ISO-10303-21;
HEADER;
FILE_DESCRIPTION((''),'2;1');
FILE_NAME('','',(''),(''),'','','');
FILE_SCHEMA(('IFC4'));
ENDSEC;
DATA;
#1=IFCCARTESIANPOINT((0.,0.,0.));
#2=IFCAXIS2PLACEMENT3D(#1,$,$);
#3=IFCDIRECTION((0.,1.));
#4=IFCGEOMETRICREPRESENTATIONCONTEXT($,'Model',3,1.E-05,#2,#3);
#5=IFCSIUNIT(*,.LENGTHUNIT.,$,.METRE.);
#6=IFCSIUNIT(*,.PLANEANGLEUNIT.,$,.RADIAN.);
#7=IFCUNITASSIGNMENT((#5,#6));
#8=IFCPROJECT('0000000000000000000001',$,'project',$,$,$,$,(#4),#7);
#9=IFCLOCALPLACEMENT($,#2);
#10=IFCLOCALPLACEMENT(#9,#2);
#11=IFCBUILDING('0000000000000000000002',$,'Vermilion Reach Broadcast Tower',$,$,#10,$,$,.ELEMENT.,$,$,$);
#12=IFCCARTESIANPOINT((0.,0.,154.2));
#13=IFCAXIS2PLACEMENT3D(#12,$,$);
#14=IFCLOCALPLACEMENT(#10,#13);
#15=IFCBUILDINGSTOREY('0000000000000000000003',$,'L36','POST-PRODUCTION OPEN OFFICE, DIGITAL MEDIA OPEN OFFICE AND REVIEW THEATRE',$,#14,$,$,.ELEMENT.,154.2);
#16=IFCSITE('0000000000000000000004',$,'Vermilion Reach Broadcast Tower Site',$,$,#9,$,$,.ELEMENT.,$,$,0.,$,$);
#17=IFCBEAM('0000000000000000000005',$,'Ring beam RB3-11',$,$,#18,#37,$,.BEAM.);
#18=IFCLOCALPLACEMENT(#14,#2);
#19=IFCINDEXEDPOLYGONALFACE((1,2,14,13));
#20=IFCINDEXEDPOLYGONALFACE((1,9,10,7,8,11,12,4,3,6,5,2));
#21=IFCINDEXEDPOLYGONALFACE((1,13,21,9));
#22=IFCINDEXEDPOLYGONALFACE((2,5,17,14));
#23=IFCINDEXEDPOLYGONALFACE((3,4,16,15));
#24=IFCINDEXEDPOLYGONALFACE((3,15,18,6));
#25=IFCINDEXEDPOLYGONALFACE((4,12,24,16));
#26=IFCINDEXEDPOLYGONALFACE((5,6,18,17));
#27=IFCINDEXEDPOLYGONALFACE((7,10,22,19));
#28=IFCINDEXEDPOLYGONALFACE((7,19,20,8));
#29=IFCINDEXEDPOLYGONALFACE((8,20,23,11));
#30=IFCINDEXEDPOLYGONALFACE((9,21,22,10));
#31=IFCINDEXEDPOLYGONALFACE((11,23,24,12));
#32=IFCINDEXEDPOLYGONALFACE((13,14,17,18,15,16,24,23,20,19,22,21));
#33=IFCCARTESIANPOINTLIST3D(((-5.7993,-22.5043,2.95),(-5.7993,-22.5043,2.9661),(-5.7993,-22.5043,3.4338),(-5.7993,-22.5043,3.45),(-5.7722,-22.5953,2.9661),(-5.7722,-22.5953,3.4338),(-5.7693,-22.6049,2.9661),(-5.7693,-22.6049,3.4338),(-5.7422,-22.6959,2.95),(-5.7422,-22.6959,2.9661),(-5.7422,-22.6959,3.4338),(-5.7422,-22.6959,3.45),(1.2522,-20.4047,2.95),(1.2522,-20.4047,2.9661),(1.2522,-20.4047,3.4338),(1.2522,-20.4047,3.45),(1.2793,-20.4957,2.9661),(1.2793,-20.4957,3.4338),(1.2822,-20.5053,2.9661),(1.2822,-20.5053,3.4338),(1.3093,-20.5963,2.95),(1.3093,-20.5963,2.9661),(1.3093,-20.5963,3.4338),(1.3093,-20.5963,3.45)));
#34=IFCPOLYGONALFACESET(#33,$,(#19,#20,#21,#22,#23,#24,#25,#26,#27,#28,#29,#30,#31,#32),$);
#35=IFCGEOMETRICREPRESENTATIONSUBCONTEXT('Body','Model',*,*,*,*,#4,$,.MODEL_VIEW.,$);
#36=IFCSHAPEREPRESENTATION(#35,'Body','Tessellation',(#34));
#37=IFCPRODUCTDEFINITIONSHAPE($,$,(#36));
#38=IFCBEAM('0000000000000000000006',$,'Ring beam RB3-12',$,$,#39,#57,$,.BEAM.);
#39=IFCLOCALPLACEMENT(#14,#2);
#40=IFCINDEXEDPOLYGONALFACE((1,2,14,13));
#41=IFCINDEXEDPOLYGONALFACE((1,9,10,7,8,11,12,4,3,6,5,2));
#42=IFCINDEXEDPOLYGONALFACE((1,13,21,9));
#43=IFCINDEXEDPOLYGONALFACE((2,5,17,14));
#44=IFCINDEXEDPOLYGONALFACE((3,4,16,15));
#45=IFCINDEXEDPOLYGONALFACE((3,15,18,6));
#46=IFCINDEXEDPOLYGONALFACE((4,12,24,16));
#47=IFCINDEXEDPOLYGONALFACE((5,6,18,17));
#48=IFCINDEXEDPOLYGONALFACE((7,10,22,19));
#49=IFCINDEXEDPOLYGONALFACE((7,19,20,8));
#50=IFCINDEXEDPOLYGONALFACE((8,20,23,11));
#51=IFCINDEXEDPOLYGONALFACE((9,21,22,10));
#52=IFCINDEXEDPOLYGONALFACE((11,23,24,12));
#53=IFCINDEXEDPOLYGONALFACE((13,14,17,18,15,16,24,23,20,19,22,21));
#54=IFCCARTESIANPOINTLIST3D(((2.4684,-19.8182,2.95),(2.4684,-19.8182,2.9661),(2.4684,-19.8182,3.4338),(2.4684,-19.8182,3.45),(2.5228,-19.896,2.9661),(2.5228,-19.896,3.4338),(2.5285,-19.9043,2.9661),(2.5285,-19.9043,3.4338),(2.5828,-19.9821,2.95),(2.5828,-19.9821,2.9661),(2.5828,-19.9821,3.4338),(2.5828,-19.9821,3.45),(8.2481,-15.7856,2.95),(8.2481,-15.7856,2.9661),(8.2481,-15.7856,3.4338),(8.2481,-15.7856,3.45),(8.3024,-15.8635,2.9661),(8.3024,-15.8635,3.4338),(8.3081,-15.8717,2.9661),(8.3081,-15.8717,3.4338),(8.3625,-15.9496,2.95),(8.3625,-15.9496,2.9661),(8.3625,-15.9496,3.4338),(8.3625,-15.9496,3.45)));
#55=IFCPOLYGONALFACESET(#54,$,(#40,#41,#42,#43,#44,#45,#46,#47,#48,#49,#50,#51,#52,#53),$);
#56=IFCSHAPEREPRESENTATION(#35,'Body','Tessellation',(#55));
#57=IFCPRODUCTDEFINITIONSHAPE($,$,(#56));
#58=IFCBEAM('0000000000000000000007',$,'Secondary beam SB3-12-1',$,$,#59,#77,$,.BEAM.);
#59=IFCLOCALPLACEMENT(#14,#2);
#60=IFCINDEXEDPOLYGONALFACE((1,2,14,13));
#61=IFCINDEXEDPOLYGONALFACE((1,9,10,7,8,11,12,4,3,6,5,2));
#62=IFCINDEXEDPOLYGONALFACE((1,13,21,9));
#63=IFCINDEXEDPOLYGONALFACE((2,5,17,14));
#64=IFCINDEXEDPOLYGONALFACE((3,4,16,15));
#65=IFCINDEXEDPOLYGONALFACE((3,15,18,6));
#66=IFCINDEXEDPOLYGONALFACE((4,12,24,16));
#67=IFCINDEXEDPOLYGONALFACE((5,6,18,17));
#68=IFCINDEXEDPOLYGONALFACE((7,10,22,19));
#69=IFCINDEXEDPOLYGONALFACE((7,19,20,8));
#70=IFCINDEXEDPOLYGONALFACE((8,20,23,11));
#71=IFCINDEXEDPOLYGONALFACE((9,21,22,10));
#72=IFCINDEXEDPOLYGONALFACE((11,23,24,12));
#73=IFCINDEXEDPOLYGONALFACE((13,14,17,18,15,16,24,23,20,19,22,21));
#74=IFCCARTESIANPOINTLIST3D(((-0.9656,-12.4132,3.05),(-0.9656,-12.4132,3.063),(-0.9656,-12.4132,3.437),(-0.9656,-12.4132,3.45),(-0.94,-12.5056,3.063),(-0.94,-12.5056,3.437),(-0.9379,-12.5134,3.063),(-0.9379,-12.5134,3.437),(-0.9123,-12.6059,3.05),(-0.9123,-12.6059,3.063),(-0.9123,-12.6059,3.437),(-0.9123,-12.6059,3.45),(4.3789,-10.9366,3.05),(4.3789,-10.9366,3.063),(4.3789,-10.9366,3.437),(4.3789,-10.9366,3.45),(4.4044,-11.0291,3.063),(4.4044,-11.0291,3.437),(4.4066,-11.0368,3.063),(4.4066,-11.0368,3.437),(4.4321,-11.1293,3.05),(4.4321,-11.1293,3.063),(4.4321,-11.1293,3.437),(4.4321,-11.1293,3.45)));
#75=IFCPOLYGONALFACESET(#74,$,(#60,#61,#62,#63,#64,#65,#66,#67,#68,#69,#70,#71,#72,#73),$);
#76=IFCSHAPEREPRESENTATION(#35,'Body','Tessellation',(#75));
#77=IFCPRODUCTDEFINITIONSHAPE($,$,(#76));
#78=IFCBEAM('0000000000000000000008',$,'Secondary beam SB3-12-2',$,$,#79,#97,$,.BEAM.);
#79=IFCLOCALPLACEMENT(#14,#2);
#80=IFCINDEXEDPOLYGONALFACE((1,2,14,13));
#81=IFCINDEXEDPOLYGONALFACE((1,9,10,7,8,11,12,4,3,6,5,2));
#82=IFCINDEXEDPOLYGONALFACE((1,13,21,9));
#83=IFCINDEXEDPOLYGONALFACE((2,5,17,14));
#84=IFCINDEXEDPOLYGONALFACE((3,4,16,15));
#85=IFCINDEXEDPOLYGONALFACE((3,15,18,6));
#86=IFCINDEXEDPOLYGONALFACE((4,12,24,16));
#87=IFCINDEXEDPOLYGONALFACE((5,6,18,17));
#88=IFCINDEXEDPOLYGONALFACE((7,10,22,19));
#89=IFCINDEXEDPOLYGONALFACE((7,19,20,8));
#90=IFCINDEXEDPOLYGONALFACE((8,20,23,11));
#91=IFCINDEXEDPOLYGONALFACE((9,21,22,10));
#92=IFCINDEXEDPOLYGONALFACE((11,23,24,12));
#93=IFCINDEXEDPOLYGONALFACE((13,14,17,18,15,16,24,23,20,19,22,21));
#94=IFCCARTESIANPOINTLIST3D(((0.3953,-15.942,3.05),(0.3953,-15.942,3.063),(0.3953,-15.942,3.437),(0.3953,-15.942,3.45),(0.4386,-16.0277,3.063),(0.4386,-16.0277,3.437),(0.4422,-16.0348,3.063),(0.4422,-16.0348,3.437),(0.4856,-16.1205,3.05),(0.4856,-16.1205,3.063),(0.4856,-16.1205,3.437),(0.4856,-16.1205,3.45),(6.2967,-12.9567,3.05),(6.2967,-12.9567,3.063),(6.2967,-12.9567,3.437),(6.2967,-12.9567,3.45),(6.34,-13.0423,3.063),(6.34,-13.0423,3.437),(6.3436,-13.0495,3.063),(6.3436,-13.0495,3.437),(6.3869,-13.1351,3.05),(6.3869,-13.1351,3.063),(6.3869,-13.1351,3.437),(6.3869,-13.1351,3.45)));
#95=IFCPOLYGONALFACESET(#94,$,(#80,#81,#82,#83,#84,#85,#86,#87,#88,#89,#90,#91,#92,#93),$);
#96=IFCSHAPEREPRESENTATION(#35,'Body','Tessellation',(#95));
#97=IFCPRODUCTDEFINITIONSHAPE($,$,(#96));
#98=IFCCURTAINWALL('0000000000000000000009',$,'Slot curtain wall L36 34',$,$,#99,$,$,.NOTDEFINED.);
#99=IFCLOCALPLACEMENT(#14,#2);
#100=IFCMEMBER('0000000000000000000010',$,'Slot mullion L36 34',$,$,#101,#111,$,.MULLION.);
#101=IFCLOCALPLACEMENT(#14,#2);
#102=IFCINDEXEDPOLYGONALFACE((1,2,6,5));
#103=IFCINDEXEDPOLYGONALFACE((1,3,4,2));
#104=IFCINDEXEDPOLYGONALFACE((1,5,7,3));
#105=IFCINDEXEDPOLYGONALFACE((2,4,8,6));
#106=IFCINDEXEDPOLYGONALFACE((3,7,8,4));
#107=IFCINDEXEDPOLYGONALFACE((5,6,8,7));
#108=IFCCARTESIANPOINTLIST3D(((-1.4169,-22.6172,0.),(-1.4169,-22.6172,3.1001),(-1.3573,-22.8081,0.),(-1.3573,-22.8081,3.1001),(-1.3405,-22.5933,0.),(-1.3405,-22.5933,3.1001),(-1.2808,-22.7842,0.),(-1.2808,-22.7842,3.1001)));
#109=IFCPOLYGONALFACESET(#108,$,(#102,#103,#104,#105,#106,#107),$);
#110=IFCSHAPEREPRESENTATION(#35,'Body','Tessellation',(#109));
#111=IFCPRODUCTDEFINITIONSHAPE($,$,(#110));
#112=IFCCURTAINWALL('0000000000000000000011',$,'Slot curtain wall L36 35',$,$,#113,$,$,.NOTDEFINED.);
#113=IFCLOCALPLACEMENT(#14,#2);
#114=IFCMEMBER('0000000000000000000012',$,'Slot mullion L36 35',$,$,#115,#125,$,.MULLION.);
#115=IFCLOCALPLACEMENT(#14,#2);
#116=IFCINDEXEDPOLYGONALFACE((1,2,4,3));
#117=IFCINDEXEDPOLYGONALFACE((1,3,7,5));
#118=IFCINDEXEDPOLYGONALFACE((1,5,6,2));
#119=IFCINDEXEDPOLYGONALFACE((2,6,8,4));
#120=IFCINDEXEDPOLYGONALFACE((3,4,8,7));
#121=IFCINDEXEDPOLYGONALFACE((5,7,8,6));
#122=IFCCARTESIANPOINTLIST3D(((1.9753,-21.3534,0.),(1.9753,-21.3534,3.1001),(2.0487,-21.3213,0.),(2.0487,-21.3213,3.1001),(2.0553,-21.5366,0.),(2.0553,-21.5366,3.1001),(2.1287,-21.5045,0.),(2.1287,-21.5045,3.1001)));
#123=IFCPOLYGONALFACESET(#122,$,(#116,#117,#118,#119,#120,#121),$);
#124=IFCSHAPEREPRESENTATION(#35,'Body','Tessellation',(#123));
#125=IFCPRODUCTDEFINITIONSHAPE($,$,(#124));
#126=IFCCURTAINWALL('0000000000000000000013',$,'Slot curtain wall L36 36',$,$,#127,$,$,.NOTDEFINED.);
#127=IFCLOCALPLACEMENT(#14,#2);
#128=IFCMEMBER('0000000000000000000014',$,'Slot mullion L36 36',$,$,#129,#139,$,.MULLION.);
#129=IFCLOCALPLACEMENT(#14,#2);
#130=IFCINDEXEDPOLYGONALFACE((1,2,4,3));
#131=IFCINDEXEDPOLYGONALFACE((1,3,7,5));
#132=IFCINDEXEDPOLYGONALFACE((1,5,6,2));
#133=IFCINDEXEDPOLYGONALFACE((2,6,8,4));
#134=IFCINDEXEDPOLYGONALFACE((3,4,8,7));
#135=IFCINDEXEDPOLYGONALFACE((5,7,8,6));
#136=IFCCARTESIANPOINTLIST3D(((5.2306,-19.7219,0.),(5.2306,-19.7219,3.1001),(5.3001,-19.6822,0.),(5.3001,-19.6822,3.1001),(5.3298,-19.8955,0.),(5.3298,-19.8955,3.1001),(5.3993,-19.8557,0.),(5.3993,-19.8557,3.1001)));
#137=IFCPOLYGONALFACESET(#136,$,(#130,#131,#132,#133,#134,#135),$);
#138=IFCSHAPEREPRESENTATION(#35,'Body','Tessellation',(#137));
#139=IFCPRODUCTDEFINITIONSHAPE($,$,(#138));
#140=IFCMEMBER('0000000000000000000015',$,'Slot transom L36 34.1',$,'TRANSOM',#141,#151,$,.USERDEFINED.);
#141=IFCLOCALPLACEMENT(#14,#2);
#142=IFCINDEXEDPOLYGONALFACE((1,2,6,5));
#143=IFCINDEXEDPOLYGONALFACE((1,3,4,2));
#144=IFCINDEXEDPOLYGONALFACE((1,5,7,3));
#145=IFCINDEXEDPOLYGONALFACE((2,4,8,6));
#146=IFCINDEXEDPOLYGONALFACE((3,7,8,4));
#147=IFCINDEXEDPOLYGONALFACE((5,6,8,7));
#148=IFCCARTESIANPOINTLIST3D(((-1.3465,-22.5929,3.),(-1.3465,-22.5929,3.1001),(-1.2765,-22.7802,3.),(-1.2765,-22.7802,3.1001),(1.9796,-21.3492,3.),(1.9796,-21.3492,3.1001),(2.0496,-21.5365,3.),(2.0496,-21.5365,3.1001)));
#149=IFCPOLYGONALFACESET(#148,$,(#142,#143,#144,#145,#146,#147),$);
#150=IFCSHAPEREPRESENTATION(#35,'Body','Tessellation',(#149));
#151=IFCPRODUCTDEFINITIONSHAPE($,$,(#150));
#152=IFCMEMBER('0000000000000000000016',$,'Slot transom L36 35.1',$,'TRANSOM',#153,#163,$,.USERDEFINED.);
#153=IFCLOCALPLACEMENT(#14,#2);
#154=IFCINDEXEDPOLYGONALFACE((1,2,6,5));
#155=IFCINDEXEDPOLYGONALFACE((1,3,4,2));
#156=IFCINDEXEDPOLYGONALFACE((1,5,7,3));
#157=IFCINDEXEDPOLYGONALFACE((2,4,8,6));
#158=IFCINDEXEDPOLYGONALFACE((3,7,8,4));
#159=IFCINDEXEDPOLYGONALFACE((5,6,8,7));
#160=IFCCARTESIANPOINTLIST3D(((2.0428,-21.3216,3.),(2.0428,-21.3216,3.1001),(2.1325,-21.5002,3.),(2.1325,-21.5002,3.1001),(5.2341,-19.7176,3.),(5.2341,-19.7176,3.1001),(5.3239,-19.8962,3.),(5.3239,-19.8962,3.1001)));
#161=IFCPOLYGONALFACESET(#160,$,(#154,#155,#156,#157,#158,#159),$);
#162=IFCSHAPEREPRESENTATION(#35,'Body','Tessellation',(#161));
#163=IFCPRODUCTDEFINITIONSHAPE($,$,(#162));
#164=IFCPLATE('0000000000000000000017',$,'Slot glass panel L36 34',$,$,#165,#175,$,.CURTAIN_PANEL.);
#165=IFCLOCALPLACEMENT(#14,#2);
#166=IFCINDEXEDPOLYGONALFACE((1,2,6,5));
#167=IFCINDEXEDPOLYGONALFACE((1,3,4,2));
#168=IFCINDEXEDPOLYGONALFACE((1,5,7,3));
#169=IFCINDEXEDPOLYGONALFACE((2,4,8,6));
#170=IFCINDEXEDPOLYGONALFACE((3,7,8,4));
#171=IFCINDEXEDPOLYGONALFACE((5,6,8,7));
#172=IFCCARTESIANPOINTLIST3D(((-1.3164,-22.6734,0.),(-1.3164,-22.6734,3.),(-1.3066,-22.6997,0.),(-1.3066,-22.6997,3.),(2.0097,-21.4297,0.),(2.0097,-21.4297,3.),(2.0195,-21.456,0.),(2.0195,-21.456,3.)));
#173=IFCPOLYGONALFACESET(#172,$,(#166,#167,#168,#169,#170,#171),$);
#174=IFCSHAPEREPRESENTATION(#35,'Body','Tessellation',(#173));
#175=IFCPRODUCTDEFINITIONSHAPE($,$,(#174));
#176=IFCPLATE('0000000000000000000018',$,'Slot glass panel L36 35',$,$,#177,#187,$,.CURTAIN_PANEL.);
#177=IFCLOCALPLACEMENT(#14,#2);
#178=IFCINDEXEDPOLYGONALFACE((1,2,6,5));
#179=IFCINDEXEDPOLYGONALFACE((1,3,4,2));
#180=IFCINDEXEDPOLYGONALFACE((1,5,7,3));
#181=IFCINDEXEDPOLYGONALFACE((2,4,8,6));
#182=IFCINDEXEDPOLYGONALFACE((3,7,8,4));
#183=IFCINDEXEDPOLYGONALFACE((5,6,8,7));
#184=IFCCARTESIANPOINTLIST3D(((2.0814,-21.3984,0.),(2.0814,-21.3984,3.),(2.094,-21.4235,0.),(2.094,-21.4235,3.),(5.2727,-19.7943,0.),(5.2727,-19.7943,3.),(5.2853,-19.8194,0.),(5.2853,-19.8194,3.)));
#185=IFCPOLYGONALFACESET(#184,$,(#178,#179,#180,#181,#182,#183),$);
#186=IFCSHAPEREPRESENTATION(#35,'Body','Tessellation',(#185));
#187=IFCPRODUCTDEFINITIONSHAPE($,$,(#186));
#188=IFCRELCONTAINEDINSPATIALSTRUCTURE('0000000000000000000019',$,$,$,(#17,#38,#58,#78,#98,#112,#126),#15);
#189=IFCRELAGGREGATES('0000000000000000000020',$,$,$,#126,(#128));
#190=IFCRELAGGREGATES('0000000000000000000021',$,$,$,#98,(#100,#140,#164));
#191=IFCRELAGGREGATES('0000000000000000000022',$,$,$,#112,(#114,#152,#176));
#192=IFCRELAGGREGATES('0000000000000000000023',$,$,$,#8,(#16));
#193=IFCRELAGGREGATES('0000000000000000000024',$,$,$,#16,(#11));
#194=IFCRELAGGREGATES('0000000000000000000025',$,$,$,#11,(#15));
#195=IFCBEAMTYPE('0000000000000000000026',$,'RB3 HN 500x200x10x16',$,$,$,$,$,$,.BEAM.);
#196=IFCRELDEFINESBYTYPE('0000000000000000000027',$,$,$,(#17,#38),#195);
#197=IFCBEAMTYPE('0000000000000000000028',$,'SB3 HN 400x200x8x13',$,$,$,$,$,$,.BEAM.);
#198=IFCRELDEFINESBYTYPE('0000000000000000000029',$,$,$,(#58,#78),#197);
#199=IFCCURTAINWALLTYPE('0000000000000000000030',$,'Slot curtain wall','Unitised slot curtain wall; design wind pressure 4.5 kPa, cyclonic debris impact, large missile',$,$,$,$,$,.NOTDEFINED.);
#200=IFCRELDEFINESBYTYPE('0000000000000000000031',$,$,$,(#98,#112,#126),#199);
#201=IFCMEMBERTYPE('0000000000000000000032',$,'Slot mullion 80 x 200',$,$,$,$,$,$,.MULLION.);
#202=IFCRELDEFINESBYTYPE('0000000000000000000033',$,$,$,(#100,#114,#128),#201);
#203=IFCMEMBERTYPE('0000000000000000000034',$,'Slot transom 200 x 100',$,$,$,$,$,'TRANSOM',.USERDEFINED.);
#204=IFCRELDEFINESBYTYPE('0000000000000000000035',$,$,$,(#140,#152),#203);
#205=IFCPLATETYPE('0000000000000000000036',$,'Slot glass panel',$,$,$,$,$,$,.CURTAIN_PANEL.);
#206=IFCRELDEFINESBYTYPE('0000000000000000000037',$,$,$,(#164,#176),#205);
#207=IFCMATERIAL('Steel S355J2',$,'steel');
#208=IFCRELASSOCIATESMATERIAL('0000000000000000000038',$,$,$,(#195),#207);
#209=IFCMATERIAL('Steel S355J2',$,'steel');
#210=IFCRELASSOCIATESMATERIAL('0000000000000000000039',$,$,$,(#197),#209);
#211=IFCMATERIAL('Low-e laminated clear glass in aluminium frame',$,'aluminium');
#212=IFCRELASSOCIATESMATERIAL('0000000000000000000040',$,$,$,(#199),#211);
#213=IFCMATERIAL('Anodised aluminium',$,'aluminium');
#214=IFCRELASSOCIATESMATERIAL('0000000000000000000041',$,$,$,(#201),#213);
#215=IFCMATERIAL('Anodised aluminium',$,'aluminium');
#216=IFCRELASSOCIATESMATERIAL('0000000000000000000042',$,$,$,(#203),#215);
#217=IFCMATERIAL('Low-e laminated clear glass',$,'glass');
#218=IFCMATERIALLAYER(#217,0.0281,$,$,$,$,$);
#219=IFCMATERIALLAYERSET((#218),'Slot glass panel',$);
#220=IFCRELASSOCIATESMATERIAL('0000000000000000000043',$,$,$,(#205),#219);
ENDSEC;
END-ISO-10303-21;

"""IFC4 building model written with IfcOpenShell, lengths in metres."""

from ifc_helpers import new_model, si_unit, direction, frame, origin, origin_2d, place, context, subcontext, project, spatial, rectangle, i_section, extrude, material, layer, layer_set, material_profile, profile_set, type_object, element, aggregate, save


model = new_model("IFC4")

# Units and contexts
model_context = context("Model", 3, precision=1e-05, world=origin(), true_north=direction((0.0, 1.0)))
body_context = subcontext(model_context, "Body", "Model", "MODEL_VIEW")
ifc_project = project(units=[si_unit("LENGTHUNIT", "METRE"), si_unit("PLANEANGLEUNIT", "RADIAN")], contexts=[model_context])

# Site, building, storey
site_placement = place(None, origin())
site = spatial("IfcSite", under=ifc_project, at=site_placement, Name="Vermilion Reach Broadcast Tower Site", CompositionType="ELEMENT", RefElevation=0.0)
building_placement = place(site_placement, origin())
building = spatial("IfcBuilding", under=site, at=building_placement, Name="Vermilion Reach Broadcast Tower", CompositionType="ELEMENT")
storey_placement = place(building_placement, frame((0.0, 0.0, 154.2)))
storey = spatial("IfcBuildingStorey", under=building, at=storey_placement, Name="L36", Description="POST-PRODUCTION OPEN OFFICE, DIGITAL MEDIA OPEN OFFICE AND REVIEW THEATRE", CompositionType="ELEMENT", Elevation=154.2)

# Beams
ifc_material_1 = material(Name="Steel S355J2", Category="steel")
ifc_material_profile_1 = material_profile(ifc_material_1, i_section(OverallWidth=0.2, OverallDepth=0.5, WebThickness=0.01, FlangeThickness=0.0161, at=origin_2d()), Name="S355J2 HN 500x200x10x16")
ifc_profile_set_1 = profile_set([ifc_material_profile_1], Name="Steel S355J2")
beam_type_1 = type_object("IfcBeamType", Name="RB3 HN 500x200x10x16", PredefinedType="BEAM", material=ifc_profile_set_1)
beam_1_placement = place(storey_placement, frame((-5.7708, -22.6001, 3.2), z_axis=(0.958417, 0.285372, 0.0), x_axis=(-0.285372, 0.958417, 0.0)))
element("IfcBeam", 1, at=beam_1_placement, inside=storey, type_object=beam_type_1, Name="Ring beam RB3-11", PredefinedType="BEAM", context=body_context, shape_type="SweptSolid", body=[
    extrude(i_section(OverallWidth=0.2, OverallDepth=0.5, WebThickness=0.01, FlangeThickness=0.0161, at=origin_2d()), origin(), (0.0, 0.0, 1.0), 7.3574),
])
beam_2_placement = place(storey_placement, frame((2.5256, -19.9001, 3.2), z_axis=(0.820111, 0.572204, 0.0), x_axis=(-0.572204, 0.820111, 0.0)))
element("IfcBeam", 2, at=beam_2_placement, inside=storey, type_object=beam_type_1, Name="Ring beam RB3-12", PredefinedType="BEAM", context=body_context, shape_type="SweptSolid", body=[
    extrude(i_section(OverallWidth=0.2, OverallDepth=0.5, WebThickness=0.01, FlangeThickness=0.0161, at=origin_2d()), origin(), (0.0, 0.0, 1.0), 7.0474),
])
ifc_material_2 = material(Name="Steel S355J2", Category="steel")
ifc_material_profile_2 = material_profile(ifc_material_2, i_section(OverallWidth=0.2, OverallDepth=0.3999, WebThickness=0.0081, FlangeThickness=0.0129, at=origin_2d()), Name="S355J2 HN 400x200x8x13")
ifc_profile_set_2 = profile_set([ifc_material_profile_2], Name="Steel S355J2")
beam_type_2 = type_object("IfcBeamType", Name="SB3 HN 400x200x8x13", PredefinedType="BEAM", material=ifc_profile_set_2)
beam_3_placement = place(storey_placement, frame((-0.939, -12.5095, 3.25), z_axis=(0.96389, 0.266301, 0.0), x_axis=(-0.266301, 0.96389, 0.0)))
element("IfcBeam", 3, at=beam_3_placement, inside=storey, type_object=beam_type_2, Name="Secondary beam SB3-12-1", PredefinedType="BEAM", context=body_context, shape_type="SweptSolid", body=[
    extrude(i_section(OverallWidth=0.2, OverallDepth=0.3999, WebThickness=0.0081, FlangeThickness=0.0129, at=origin_2d()), origin(), (0.0, 0.0, 1.0), 5.5447),
])
beam_4_placement = place(storey_placement, frame((0.4404, -16.0312, 3.25), z_axis=(0.892321, 0.451402, 0.0), x_axis=(-0.451402, 0.892321, 0.0)))
element("IfcBeam", 4, at=beam_4_placement, inside=storey, type_object=beam_type_2, Name="Secondary beam SB3-12-2", PredefinedType="BEAM", context=body_context, shape_type="SweptSolid", body=[
    extrude(i_section(OverallWidth=0.2, OverallDepth=0.3999, WebThickness=0.0081, FlangeThickness=0.0129, at=origin_2d()), origin(), (0.0, 0.0, 1.0), 6.6135),
])

# Curtain walls, members
ifc_material_3 = material(Name="Low-e laminated clear glass in aluminium frame", Category="aluminium")
curtain_wall_type = type_object("IfcCurtainWallType", Name="Slot curtain wall", Description="Unitised slot curtain wall; design wind pressure 4.5 kPa, cyclonic debris impact, large missile", PredefinedType="NOTDEFINED", material=ifc_material_3)
placement = place(storey_placement, origin())
curtain_wall_1 = element("IfcCurtainWall", 5, at=placement, inside=storey, type_object=curtain_wall_type, Name="Slot curtain wall L36 34", PredefinedType="NOTDEFINED")
ifc_material_4 = material(Name="Anodised aluminium", Category="aluminium")
ifc_material_profile_3 = material_profile(ifc_material_4, rectangle(XDim=0.2, YDim=0.0801, at=origin_2d()), Name="Slot mullion 80 x 200")
ifc_profile_set_3 = profile_set([ifc_material_profile_3], Name="Anodised aluminium")
member_type_1 = type_object("IfcMemberType", Name="Slot mullion 80 x 200", PredefinedType="MULLION", material=ifc_profile_set_3)
member_1_placement = place(storey_placement, frame((-1.3489, -22.7007, 0.0), z_axis=(0.0, 0.0, 1.0), x_axis=(-0.298358, 0.954454, 0.0)))
member_1 = element("IfcMember", 6, at=member_1_placement, type_object=member_type_1, Name="Slot mullion L36 34", PredefinedType="MULLION", context=body_context, shape_type="SweptSolid", body=[
    extrude(rectangle(XDim=0.2, YDim=0.0801, at=origin_2d()), origin(), (0.0, 0.0, 1.0), 3.1001),
])
curtain_wall_2 = element("IfcCurtainWall", 7, at=placement, inside=storey, type_object=curtain_wall_type, Name="Slot curtain wall L36 35", PredefinedType="NOTDEFINED")
member_2_placement = place(storey_placement, frame((2.052, -21.429, 0.0), z_axis=(0.0, 0.0, 1.0), x_axis=(-0.400254, 0.916404, 0.0)))
member_2 = element("IfcMember", 8, at=member_2_placement, type_object=member_type_1, Name="Slot mullion L36 35", PredefinedType="MULLION", context=body_context, shape_type="SweptSolid", body=[
    extrude(rectangle(XDim=0.2, YDim=0.0801, at=origin_2d()), origin(), (0.0, 0.0, 1.0), 3.1001),
])
curtain_wall_3 = element("IfcCurtainWall", 9, at=placement, inside=storey, type_object=curtain_wall_type, Name="Slot curtain wall L36 36", PredefinedType="NOTDEFINED")
member_3_placement = place(storey_placement, frame((5.3149, -19.7888, 0.0), z_axis=(0.0, 0.0, 1.0), x_axis=(-0.496368, 0.868112, 0.0)))
member_3 = element("IfcMember", 10, at=member_3_placement, type_object=member_type_1, Name="Slot mullion L36 36", PredefinedType="MULLION", context=body_context, shape_type="SweptSolid", body=[
    extrude(rectangle(XDim=0.2, YDim=0.0801, at=origin_2d()), origin(), (0.0, 0.0, 1.0), 3.1001),
])
aggregate(curtain_wall_3, [member_3])

# Members
ifc_material_5 = material(Name="Anodised aluminium", Category="aluminium")
ifc_material_profile_4 = material_profile(ifc_material_5, rectangle(XDim=0.2, YDim=0.1001, at=origin_2d()), Name="Slot transom 200 x 100")
ifc_profile_set_4 = profile_set([ifc_material_profile_4], Name="Anodised aluminium")
member_type_2 = type_object("IfcMemberType", Name="Slot transom 200 x 100", ElementType="TRANSOM", PredefinedType="USERDEFINED", material=ifc_profile_set_4)
member_4_placement = place(storey_placement, frame((-1.3115, -22.6865, 3.05), z_axis=(0.936668, 0.350219, 0.0), x_axis=(-0.350219, 0.936668, 0.0)))
member_4 = element("IfcMember", 11, at=member_4_placement, type_object=member_type_2, Name="Slot transom L36 34.1", ObjectType="TRANSOM", PredefinedType="USERDEFINED", context=body_context, shape_type="SweptSolid", body=[
    extrude(rectangle(XDim=0.2, YDim=0.1001, at=origin_2d()), origin(), (0.0, 0.0, 1.0), 3.551),
])
member_5_placement = place(storey_placement, frame((2.0876, -21.4109, 3.05), z_axis=(0.893496, 0.449072, 0.0), x_axis=(-0.449072, 0.893496, 0.0)))
member_5 = element("IfcMember", 12, at=member_5_placement, type_object=member_type_2, Name="Slot transom L36 35.1", ObjectType="TRANSOM", PredefinedType="USERDEFINED", context=body_context, shape_type="SweptSolid", body=[
    extrude(rectangle(XDim=0.2, YDim=0.1001, at=origin_2d()), origin(), (0.0, 0.0, 1.0), 3.5718),
])

# Plates
ifc_material_6 = material(Name="Low-e laminated clear glass", Category="glass")
ifc_layer_1 = layer(ifc_material_6, 0.0281)
ifc_layer_set_1 = layer_set([ifc_layer_1], Name="Slot glass panel")
plate_type = type_object("IfcPlateType", Name="Slot glass panel", PredefinedType="CURTAIN_PANEL", material=ifc_layer_set_1)
plate_1_placement = place(storey_placement, frame((0.3516, -22.0647, 0.0), z_axis=(0.0, 0.0, 1.0), x_axis=(0.936657, 0.350248, 0.0)))
plate_1 = element("IfcPlate", 13, at=plate_1_placement, type_object=plate_type, Name="Slot glass panel L36 34", PredefinedType="CURTAIN_PANEL", context=body_context, shape_type="SweptSolid", body=[
    extrude(rectangle(XDim=3.551, YDim=0.0281, at=origin_2d()), origin(), (0.0, 0.0, 1.0), 3.0),
])
aggregate(curtain_wall_1, [member_1, member_4, plate_1])
plate_2_placement = place(storey_placement, frame((3.6833, -20.6089, 0.0), z_axis=(0.0, 0.0, 1.0), x_axis=(0.893484, 0.449096, 0.0)))
plate_2 = element("IfcPlate", 14, at=plate_2_placement, type_object=plate_type, Name="Slot glass panel L36 35", PredefinedType="CURTAIN_PANEL", context=body_context, shape_type="SweptSolid", body=[
    extrude(rectangle(XDim=3.5718, YDim=0.0281, at=origin_2d()), origin(), (0.0, 0.0, 1.0), 3.0),
])
aggregate(curtain_wall_2, [member_2, member_5, plate_2])

save(model, "model.ifc")
